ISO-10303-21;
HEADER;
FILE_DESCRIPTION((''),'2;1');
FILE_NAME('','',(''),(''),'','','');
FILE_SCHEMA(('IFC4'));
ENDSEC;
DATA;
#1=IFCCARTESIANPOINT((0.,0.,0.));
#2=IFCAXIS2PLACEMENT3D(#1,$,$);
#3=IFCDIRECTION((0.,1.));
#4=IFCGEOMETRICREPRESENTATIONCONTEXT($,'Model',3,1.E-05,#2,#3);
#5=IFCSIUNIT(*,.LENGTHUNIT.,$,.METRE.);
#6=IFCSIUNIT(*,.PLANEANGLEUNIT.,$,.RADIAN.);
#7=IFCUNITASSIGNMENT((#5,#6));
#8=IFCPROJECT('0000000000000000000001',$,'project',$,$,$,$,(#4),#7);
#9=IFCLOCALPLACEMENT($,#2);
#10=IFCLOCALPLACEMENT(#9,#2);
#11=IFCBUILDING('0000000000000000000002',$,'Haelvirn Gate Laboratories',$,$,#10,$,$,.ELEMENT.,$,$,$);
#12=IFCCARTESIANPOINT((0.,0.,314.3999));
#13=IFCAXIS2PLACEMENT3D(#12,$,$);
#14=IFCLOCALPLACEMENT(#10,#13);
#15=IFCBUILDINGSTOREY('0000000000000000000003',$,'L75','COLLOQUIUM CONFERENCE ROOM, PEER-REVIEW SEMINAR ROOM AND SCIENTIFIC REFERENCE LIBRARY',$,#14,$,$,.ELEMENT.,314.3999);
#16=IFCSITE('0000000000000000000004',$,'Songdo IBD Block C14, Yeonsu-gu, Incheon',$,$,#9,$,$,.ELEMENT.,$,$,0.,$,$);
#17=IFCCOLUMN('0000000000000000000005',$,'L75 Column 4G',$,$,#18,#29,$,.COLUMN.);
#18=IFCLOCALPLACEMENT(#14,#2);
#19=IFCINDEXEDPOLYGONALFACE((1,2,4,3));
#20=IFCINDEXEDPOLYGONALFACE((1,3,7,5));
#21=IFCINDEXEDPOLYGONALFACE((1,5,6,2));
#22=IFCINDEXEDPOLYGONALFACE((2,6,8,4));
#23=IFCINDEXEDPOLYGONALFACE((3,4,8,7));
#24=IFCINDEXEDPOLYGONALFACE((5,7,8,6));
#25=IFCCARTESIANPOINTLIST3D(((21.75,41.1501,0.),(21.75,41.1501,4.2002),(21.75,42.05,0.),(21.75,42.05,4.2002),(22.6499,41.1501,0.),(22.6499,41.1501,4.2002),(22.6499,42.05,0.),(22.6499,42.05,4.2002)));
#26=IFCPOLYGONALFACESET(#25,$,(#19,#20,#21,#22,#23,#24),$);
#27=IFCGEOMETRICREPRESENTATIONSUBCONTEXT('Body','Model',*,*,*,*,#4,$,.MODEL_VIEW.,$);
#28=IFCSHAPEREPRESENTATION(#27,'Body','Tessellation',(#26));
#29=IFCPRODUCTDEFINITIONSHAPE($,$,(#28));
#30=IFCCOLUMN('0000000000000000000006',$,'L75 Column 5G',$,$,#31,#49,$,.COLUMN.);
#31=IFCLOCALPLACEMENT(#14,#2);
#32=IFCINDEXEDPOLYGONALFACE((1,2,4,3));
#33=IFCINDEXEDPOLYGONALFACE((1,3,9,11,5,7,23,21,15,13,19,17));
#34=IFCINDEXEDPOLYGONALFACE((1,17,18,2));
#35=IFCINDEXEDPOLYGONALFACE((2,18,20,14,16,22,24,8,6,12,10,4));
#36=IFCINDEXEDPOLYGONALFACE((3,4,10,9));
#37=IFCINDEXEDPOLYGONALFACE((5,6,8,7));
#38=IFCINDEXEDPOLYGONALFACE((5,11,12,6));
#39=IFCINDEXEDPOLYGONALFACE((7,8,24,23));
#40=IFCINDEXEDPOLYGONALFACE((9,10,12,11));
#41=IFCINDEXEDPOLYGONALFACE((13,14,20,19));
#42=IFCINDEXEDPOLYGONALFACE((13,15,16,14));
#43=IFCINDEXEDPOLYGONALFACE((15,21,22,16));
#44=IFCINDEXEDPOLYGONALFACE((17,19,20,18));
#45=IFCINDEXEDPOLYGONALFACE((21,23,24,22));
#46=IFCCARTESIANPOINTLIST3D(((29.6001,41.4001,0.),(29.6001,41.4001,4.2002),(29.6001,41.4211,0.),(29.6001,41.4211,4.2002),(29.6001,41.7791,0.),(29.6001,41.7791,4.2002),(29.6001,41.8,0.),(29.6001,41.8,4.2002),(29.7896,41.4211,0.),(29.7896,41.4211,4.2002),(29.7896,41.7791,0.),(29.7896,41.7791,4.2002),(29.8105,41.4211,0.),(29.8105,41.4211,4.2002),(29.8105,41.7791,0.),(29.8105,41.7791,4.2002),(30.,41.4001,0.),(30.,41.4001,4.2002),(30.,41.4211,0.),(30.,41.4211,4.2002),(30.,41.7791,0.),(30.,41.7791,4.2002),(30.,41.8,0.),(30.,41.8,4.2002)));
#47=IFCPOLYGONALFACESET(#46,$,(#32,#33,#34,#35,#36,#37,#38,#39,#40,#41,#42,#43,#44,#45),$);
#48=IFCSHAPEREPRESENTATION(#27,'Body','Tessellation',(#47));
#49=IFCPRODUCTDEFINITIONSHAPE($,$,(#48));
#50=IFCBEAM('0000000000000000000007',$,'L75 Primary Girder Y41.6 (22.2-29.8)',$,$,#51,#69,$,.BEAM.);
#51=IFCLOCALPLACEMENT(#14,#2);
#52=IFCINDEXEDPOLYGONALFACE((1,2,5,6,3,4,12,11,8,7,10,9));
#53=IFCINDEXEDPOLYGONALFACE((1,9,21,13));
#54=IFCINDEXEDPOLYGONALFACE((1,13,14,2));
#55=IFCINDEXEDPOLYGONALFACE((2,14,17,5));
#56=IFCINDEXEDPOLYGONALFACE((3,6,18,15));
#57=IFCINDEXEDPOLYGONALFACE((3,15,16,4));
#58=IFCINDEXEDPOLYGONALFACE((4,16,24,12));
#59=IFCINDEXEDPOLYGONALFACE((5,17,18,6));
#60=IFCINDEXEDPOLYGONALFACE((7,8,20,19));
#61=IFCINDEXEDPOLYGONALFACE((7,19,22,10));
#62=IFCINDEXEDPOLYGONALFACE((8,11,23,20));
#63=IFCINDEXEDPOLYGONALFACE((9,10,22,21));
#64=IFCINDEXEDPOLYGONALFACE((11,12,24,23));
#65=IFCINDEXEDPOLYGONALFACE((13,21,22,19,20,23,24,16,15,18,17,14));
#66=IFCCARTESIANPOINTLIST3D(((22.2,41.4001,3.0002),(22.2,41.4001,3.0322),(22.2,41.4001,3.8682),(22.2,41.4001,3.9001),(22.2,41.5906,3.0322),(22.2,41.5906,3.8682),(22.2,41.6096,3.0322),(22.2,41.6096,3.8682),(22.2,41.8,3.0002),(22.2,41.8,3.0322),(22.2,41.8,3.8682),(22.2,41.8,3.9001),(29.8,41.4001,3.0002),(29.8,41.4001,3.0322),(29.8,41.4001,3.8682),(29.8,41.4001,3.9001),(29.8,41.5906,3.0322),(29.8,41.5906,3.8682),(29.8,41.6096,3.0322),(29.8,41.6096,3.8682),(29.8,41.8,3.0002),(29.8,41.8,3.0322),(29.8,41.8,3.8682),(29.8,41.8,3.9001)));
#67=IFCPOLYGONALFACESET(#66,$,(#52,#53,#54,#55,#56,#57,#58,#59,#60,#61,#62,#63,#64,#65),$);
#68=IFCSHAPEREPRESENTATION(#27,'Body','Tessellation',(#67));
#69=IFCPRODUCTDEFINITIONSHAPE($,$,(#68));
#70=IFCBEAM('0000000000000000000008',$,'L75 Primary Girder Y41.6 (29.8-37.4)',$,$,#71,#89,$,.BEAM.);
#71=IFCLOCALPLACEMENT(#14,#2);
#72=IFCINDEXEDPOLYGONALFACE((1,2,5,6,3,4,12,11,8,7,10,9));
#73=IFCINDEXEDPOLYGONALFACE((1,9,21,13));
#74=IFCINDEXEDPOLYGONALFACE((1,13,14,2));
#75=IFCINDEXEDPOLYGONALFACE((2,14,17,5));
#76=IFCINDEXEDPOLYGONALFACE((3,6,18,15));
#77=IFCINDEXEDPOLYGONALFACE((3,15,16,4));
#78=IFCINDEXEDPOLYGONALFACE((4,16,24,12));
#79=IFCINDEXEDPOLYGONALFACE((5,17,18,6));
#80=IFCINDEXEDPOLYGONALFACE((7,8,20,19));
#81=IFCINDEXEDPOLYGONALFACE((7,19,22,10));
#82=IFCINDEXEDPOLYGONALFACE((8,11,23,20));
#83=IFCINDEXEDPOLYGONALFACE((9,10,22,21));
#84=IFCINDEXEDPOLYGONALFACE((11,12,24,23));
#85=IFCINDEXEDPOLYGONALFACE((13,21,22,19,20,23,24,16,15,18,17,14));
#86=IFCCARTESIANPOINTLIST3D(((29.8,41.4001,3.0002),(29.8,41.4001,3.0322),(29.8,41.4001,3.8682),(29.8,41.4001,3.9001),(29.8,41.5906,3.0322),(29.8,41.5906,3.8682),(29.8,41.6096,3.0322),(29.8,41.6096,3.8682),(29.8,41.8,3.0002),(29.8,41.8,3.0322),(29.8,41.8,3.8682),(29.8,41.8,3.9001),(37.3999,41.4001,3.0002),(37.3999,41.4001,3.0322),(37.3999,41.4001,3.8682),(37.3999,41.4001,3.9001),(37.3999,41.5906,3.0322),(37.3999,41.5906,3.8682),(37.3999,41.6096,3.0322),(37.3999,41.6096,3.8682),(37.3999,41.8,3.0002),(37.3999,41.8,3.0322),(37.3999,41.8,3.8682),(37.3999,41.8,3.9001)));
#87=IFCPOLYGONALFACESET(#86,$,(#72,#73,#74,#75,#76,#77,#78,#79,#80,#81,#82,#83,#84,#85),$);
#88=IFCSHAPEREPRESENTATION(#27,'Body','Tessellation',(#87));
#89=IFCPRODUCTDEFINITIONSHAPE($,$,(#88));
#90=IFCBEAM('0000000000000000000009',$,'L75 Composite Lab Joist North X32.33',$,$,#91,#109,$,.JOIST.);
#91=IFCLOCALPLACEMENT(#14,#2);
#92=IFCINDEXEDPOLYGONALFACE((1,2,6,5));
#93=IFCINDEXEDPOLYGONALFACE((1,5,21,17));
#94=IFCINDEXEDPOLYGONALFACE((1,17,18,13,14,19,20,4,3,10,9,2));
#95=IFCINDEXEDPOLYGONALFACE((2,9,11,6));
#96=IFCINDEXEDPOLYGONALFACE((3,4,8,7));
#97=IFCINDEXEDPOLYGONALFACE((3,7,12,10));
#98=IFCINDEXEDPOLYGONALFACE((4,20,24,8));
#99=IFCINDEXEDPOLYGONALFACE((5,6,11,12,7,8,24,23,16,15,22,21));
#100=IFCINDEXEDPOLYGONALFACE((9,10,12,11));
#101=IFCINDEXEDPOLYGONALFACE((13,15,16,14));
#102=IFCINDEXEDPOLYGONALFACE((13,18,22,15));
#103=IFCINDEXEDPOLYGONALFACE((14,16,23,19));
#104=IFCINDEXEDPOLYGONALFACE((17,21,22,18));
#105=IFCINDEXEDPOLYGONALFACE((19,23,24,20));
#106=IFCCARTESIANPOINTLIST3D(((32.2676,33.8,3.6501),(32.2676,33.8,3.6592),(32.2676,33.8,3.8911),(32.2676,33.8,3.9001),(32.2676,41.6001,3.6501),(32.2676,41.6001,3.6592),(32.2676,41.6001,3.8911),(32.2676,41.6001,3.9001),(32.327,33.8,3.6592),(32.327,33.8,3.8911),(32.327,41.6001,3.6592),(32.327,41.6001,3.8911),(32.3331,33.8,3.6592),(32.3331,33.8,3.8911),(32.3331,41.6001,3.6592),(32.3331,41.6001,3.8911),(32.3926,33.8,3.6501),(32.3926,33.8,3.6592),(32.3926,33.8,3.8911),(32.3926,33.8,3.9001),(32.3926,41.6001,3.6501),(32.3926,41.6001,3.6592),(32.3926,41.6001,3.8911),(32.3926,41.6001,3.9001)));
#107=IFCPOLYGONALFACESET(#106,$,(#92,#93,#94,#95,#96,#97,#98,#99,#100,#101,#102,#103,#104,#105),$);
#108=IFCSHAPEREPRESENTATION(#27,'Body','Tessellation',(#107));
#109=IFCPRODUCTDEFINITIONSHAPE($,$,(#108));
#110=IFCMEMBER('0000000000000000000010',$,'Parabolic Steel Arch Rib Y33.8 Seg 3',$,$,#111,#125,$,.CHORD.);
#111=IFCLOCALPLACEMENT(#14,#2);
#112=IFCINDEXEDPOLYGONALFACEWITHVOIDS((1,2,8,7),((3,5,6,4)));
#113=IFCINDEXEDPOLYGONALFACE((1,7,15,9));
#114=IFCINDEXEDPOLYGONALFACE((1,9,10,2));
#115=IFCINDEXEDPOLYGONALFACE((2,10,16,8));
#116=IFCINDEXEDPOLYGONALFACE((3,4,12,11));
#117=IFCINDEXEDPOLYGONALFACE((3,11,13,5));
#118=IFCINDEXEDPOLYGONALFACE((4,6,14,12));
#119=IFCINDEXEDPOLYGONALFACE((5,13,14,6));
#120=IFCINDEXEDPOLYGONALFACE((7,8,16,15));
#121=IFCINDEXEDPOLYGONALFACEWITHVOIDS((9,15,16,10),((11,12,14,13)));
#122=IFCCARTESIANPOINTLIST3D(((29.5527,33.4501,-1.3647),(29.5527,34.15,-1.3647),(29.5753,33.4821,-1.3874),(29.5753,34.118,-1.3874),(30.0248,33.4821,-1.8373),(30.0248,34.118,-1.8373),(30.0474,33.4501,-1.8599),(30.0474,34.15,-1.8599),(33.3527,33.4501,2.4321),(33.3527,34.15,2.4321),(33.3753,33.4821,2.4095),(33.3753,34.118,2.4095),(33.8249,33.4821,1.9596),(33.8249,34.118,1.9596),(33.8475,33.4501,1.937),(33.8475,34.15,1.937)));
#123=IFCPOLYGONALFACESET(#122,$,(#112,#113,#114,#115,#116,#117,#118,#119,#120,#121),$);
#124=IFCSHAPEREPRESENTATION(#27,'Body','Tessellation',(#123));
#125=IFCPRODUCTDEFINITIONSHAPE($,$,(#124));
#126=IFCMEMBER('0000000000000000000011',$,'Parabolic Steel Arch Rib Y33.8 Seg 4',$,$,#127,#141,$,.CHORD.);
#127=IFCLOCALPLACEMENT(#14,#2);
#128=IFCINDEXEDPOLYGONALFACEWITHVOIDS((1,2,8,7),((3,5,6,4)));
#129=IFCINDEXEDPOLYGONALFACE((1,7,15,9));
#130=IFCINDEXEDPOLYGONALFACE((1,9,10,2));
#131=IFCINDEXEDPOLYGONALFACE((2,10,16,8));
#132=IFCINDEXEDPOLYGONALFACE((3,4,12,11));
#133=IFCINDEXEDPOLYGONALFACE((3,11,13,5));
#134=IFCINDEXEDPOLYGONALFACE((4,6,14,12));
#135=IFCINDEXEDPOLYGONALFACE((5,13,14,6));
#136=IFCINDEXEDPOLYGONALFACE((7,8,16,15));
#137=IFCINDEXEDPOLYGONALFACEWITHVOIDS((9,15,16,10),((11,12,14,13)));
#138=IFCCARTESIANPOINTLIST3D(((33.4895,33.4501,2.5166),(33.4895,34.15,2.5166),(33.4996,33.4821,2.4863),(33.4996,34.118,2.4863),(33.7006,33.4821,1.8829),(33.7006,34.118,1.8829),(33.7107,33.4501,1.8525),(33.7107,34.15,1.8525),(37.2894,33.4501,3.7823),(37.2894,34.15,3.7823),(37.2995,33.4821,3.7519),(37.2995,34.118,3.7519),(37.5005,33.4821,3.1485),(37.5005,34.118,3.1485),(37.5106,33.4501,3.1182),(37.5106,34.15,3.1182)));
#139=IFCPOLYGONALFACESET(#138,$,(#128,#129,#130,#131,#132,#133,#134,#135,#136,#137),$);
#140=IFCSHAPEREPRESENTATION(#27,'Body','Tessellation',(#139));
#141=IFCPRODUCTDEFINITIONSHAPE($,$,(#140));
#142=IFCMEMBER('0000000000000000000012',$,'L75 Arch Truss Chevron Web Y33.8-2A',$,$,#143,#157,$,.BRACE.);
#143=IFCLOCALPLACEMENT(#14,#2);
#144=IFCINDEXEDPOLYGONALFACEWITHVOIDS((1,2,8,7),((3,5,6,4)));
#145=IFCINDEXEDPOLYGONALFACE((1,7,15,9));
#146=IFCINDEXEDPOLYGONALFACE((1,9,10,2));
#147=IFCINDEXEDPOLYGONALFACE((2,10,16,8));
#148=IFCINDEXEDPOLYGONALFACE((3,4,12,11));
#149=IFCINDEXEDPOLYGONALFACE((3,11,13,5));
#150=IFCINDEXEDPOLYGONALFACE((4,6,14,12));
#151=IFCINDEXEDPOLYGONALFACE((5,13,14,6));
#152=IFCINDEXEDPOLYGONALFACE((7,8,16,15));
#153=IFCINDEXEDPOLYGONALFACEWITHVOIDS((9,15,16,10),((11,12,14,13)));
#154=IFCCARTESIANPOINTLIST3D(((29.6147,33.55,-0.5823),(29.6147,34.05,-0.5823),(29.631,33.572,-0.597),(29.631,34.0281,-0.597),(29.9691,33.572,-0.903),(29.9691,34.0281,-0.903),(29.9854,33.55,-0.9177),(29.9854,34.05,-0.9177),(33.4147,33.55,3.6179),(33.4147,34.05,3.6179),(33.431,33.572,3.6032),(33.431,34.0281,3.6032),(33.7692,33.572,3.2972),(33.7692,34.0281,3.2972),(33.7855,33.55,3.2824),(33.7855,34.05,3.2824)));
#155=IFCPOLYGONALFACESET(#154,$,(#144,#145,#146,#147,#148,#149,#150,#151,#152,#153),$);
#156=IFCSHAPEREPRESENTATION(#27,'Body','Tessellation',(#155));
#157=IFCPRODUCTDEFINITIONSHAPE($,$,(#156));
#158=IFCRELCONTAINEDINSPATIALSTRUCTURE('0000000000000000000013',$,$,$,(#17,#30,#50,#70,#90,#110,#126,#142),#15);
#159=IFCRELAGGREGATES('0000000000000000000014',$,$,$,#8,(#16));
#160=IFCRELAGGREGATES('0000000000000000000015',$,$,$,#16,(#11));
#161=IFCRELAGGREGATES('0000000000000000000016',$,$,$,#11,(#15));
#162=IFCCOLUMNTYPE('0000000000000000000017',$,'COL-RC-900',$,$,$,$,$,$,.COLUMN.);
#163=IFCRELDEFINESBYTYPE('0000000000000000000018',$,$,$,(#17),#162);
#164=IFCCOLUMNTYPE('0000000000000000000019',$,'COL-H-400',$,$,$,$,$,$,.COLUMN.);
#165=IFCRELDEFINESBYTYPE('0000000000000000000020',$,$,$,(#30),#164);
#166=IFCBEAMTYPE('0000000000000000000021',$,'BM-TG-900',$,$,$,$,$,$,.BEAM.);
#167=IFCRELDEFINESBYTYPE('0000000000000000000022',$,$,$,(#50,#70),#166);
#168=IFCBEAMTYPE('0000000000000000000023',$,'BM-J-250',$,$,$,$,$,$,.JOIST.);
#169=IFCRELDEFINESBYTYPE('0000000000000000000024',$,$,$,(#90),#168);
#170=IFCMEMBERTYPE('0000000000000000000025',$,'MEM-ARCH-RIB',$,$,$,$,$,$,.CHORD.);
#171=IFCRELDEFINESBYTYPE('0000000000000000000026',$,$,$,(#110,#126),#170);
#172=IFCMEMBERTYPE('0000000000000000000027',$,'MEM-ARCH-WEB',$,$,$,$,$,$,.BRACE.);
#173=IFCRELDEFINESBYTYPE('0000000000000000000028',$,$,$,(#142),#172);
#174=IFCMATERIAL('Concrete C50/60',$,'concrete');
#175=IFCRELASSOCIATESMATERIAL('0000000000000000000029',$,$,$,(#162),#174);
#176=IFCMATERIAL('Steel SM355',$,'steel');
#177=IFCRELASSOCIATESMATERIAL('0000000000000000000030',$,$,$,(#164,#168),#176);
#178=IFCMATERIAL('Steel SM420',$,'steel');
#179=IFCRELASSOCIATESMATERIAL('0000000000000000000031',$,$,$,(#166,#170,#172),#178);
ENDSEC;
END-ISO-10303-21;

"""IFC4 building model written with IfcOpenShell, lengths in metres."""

from ifc_helpers import new_model, si_unit, direction, frame, origin, origin_2d, place, context, subcontext, project, spatial, rectangle, hollow_rectangle, i_section, extrude, source, transform, mapped, material, material_profile, profile_set, type_object, type_shapes, element, save


model = new_model("IFC4")

# Units and contexts
model_context = context("Model", 3, precision=1e-05, world=origin(), true_north=direction((0.0, 1.0)))
body_context = subcontext(model_context, "Body", "Model", "MODEL_VIEW")
ifc_project = project(units=[si_unit("LENGTHUNIT", "METRE"), si_unit("PLANEANGLEUNIT", "RADIAN")], contexts=[model_context])

# Site, building, storey
site_placement = place(None, origin())
site = spatial("IfcSite", under=ifc_project, at=site_placement, Name="Songdo IBD Block C14, Yeonsu-gu, Incheon", CompositionType="ELEMENT", RefElevation=0.0)
building_placement = place(site_placement, origin())
building = spatial("IfcBuilding", under=site, at=building_placement, Name="Haelvirn Gate Laboratories", CompositionType="ELEMENT")
storey_placement = place(building_placement, frame((0.0, 0.0, 314.3999)))
storey = spatial("IfcBuildingStorey", under=building, at=storey_placement, Name="L75", Description="COLLOQUIUM CONFERENCE ROOM, PEER-REVIEW SEMINAR ROOM AND SCIENTIFIC REFERENCE LIBRARY", CompositionType="ELEMENT", Elevation=314.3999)

# Columns
ifc_material_1 = material(Name="Concrete C50/60", Category="concrete")
ifc_material_profile_1 = material_profile(ifc_material_1, rectangle(XDim=0.8999, YDim=0.8999, at=origin_2d()), Name="RC-900x900")
ifc_profile_set_1 = profile_set([ifc_material_profile_1], Name="Concrete C50/60")
column_type_1 = type_object("IfcColumnType", Name="COL-RC-900", PredefinedType="COLUMN", material=ifc_profile_set_1)
shared_shape_1 = source(origin(), body_context, "Body", "SweptSolid", [
    extrude(rectangle(XDim=0.8999, YDim=0.8999, at=origin_2d()), origin(), (0.0, 0.0, 1.0), 4.2002),
])
type_shapes(column_type_1, [shared_shape_1])
column_1_placement = place(storey_placement, frame((22.2, 41.6001, 0.0), z_axis=(0.0, 0.0, 1.0), x_axis=(1.0, 0.0, 0.0)))
element("IfcColumn", 1, at=column_1_placement, inside=storey, type_object=column_type_1, Name="L75 Column 4G", PredefinedType="COLUMN", context=body_context, shape_type="MappedRepresentation", body=[
    mapped(shared_shape_1, transform((0.0, 0.0, 0.0), scale=1.0)),
])
ifc_material_2 = material(Name="Steel SM355", Category="steel")
ifc_material_profile_2 = material_profile(ifc_material_2, i_section(OverallWidth=0.3999, OverallDepth=0.3999, WebThickness=0.021, FlangeThickness=0.021, at=origin_2d()), Name="H-400x400x21x21")
ifc_profile_set_2 = profile_set([ifc_material_profile_2], Name="Steel SM355")
column_type_2 = type_object("IfcColumnType", Name="COL-H-400", PredefinedType="COLUMN", material=ifc_profile_set_2)
shared_shape_2 = source(origin(), body_context, "Body", "SweptSolid", [
    extrude(i_section(OverallWidth=0.3999, OverallDepth=0.3999, WebThickness=0.021, FlangeThickness=0.021, at=origin_2d()), origin(), (0.0, 0.0, 1.0), 4.2002),
])
type_shapes(column_type_2, [shared_shape_2])
column_2_placement = place(storey_placement, frame((29.8, 41.6001, 0.0), z_axis=(0.0, 0.0, 1.0), x_axis=(1.0, 0.0, 0.0)))
element("IfcColumn", 2, at=column_2_placement, inside=storey, type_object=column_type_2, Name="L75 Column 5G", PredefinedType="COLUMN", context=body_context, shape_type="MappedRepresentation", body=[
    mapped(shared_shape_2, transform((0.0, 0.0, 0.0), scale=1.0)),
])

# Beams
ifc_material_3 = material(Name="Steel SM420", Category="steel")
ifc_material_profile_3 = material_profile(ifc_material_3, i_section(OverallWidth=0.3999, OverallDepth=0.8999, WebThickness=0.019, FlangeThickness=0.032, at=origin_2d()), Name="H-900x400x19x32")
ifc_profile_set_3 = profile_set([ifc_material_profile_3], Name="Steel SM420")
beam_type_1 = type_object("IfcBeamType", Name="BM-TG-900", PredefinedType="BEAM", material=ifc_profile_set_3)
shared_shape_3 = source(origin(), body_context, "Body", "SweptSolid", [
    extrude(i_section(OverallWidth=0.3999, OverallDepth=0.8999, WebThickness=0.019, FlangeThickness=0.032, at=origin_2d()), origin(), (0.0, 0.0, 1.0), 7.6001),
])
beam_1_placement = place(storey_placement, frame((22.2, 41.6001, 3.4502), z_axis=(1.0, 0.0, 0.0), x_axis=(0.0, 1.0, 0.0)))
element("IfcBeam", 3, at=beam_1_placement, inside=storey, type_object=beam_type_1, Name="L75 Primary Girder Y41.6 (22.2-29.8)", PredefinedType="BEAM", context=body_context, shape_type="MappedRepresentation", body=[
    mapped(shared_shape_3, transform((0.0, 0.0, 0.0), scale=1.0)),
])
shared_shape_4 = source(origin(), body_context, "Body", "SweptSolid", [
    extrude(i_section(OverallWidth=0.3999, OverallDepth=0.8999, WebThickness=0.019, FlangeThickness=0.032, at=origin_2d()), origin(), (0.0, 0.0, 1.0), 7.5999),
])
type_shapes(beam_type_1, [shared_shape_3, shared_shape_4])
beam_2_placement = place(storey_placement, frame((29.8, 41.6001, 3.4502), z_axis=(1.0, 0.0, 0.0), x_axis=(0.0, 1.0, 0.0)))
element("IfcBeam", 4, at=beam_2_placement, inside=storey, type_object=beam_type_1, Name="L75 Primary Girder Y41.6 (29.8-37.4)", PredefinedType="BEAM", context=body_context, shape_type="MappedRepresentation", body=[
    mapped(shared_shape_4, transform((0.0, 0.0, 0.0), scale=1.0)),
])
ifc_material_profile_4 = material_profile(ifc_material_2, i_section(OverallWidth=0.125, OverallDepth=0.25, WebThickness=0.0061, FlangeThickness=0.009, at=origin_2d()), Name="H-250x125x6x9")
ifc_profile_set_4 = profile_set([ifc_material_profile_4], Name="Steel SM355")
beam_type_2 = type_object("IfcBeamType", Name="BM-J-250", PredefinedType="JOIST", material=ifc_profile_set_4)
shared_shape_5 = source(origin(), body_context, "Body", "SweptSolid", [
    extrude(i_section(OverallWidth=0.125, OverallDepth=0.25, WebThickness=0.0061, FlangeThickness=0.009, at=origin_2d()), origin(), (0.0, 0.0, 1.0), 7.8),
])
type_shapes(beam_type_2, [shared_shape_5])
beam_3_placement = place(storey_placement, frame((32.3301, 33.8, 3.7751), z_axis=(0.0, 1.0, 0.0), x_axis=(-1.0, 0.0, 0.0)))
element("IfcBeam", 5, at=beam_3_placement, inside=storey, type_object=beam_type_2, Name="L75 Composite Lab Joist North X32.33", PredefinedType="JOIST", context=body_context, shape_type="MappedRepresentation", body=[
    mapped(shared_shape_5, transform((0.0, 0.0, 0.0), scale=1.0)),
])

# Members
ifc_material_profile_5 = material_profile(ifc_material_3, hollow_rectangle(XDim=0.7, YDim=0.7, WallThickness=0.032, at=origin_2d()), Name="BOX-700x700x32")
ifc_profile_set_5 = profile_set([ifc_material_profile_5], Name="Steel SM420")
member_type_1 = type_object("IfcMemberType", Name="MEM-ARCH-RIB", PredefinedType="CHORD", material=ifc_profile_set_5)
shared_shape_6 = source(origin(), body_context, "Body", "SweptSolid", [
    extrude(hollow_rectangle(XDim=0.7, YDim=0.7, WallThickness=0.032, at=origin_2d()), origin(), (0.0, 0.0, 1.0), 5.3718),
])
member_1_placement = place(storey_placement, frame((29.8, 33.8, -1.6123), z_axis=(0.707402, 0.0, 0.706811), x_axis=(0.0, 1.0, 0.0)))
element("IfcMember", 6, at=member_1_placement, inside=storey, type_object=member_type_1, Name="Parabolic Steel Arch Rib Y33.8 Seg 3", PredefinedType="CHORD", context=body_context, shape_type="MappedRepresentation", body=[
    mapped(shared_shape_6, transform((0.0, 0.0, 0.0), scale=1.0)),
])
shared_shape_7 = source(origin(), body_context, "Body", "SweptSolid", [
    extrude(hollow_rectangle(XDim=0.7, YDim=0.7, WallThickness=0.032, at=origin_2d()), origin(), (0.0, 0.0, 1.0), 4.0051),
])
type_shapes(member_type_1, [shared_shape_6, shared_shape_7])
member_2_placement = place(storey_placement, frame((33.6001, 33.8, 2.1846), z_axis=(0.948756, 0.0, 0.316008), x_axis=(0.0, 1.0, 0.0)))
element("IfcMember", 7, at=member_2_placement, inside=storey, type_object=member_type_1, Name="Parabolic Steel Arch Rib Y33.8 Seg 4", PredefinedType="CHORD", context=body_context, shape_type="MappedRepresentation", body=[
    mapped(shared_shape_7, transform((0.0, 0.0, 0.0), scale=1.0)),
])
ifc_material_profile_6 = material_profile(ifc_material_3, hollow_rectangle(XDim=0.5, YDim=0.5, WallThickness=0.022, at=origin_2d()), Name="BOX-500x500x22")
ifc_profile_set_6 = profile_set([ifc_material_profile_6], Name="Steel SM420")
member_type_2 = type_object("IfcMemberType", Name="MEM-ARCH-WEB", PredefinedType="BRACE", material=ifc_profile_set_6)
shared_shape_8 = source(origin(), body_context, "Body", "SweptSolid", [
    extrude(hollow_rectangle(XDim=0.5, YDim=0.5, WallThickness=0.022, at=origin_2d()), origin(), (0.0, 0.0, 1.0), 5.6641),
])
type_shapes(member_type_2, [shared_shape_8])
member_3_placement = place(storey_placement, frame((29.8, 33.8, -0.75), z_axis=(0.670901, 0.0, 0.741547), x_axis=(0.0, 1.0, 0.0)))
element("IfcMember", 8, at=member_3_placement, inside=storey, type_object=member_type_2, Name="L75 Arch Truss Chevron Web Y33.8-2A", PredefinedType="BRACE", context=body_context, shape_type="MappedRepresentation", body=[
    mapped(shared_shape_8, transform((0.0, 0.0, 0.0), scale=1.0)),
])

save(model, "model.ifc")
